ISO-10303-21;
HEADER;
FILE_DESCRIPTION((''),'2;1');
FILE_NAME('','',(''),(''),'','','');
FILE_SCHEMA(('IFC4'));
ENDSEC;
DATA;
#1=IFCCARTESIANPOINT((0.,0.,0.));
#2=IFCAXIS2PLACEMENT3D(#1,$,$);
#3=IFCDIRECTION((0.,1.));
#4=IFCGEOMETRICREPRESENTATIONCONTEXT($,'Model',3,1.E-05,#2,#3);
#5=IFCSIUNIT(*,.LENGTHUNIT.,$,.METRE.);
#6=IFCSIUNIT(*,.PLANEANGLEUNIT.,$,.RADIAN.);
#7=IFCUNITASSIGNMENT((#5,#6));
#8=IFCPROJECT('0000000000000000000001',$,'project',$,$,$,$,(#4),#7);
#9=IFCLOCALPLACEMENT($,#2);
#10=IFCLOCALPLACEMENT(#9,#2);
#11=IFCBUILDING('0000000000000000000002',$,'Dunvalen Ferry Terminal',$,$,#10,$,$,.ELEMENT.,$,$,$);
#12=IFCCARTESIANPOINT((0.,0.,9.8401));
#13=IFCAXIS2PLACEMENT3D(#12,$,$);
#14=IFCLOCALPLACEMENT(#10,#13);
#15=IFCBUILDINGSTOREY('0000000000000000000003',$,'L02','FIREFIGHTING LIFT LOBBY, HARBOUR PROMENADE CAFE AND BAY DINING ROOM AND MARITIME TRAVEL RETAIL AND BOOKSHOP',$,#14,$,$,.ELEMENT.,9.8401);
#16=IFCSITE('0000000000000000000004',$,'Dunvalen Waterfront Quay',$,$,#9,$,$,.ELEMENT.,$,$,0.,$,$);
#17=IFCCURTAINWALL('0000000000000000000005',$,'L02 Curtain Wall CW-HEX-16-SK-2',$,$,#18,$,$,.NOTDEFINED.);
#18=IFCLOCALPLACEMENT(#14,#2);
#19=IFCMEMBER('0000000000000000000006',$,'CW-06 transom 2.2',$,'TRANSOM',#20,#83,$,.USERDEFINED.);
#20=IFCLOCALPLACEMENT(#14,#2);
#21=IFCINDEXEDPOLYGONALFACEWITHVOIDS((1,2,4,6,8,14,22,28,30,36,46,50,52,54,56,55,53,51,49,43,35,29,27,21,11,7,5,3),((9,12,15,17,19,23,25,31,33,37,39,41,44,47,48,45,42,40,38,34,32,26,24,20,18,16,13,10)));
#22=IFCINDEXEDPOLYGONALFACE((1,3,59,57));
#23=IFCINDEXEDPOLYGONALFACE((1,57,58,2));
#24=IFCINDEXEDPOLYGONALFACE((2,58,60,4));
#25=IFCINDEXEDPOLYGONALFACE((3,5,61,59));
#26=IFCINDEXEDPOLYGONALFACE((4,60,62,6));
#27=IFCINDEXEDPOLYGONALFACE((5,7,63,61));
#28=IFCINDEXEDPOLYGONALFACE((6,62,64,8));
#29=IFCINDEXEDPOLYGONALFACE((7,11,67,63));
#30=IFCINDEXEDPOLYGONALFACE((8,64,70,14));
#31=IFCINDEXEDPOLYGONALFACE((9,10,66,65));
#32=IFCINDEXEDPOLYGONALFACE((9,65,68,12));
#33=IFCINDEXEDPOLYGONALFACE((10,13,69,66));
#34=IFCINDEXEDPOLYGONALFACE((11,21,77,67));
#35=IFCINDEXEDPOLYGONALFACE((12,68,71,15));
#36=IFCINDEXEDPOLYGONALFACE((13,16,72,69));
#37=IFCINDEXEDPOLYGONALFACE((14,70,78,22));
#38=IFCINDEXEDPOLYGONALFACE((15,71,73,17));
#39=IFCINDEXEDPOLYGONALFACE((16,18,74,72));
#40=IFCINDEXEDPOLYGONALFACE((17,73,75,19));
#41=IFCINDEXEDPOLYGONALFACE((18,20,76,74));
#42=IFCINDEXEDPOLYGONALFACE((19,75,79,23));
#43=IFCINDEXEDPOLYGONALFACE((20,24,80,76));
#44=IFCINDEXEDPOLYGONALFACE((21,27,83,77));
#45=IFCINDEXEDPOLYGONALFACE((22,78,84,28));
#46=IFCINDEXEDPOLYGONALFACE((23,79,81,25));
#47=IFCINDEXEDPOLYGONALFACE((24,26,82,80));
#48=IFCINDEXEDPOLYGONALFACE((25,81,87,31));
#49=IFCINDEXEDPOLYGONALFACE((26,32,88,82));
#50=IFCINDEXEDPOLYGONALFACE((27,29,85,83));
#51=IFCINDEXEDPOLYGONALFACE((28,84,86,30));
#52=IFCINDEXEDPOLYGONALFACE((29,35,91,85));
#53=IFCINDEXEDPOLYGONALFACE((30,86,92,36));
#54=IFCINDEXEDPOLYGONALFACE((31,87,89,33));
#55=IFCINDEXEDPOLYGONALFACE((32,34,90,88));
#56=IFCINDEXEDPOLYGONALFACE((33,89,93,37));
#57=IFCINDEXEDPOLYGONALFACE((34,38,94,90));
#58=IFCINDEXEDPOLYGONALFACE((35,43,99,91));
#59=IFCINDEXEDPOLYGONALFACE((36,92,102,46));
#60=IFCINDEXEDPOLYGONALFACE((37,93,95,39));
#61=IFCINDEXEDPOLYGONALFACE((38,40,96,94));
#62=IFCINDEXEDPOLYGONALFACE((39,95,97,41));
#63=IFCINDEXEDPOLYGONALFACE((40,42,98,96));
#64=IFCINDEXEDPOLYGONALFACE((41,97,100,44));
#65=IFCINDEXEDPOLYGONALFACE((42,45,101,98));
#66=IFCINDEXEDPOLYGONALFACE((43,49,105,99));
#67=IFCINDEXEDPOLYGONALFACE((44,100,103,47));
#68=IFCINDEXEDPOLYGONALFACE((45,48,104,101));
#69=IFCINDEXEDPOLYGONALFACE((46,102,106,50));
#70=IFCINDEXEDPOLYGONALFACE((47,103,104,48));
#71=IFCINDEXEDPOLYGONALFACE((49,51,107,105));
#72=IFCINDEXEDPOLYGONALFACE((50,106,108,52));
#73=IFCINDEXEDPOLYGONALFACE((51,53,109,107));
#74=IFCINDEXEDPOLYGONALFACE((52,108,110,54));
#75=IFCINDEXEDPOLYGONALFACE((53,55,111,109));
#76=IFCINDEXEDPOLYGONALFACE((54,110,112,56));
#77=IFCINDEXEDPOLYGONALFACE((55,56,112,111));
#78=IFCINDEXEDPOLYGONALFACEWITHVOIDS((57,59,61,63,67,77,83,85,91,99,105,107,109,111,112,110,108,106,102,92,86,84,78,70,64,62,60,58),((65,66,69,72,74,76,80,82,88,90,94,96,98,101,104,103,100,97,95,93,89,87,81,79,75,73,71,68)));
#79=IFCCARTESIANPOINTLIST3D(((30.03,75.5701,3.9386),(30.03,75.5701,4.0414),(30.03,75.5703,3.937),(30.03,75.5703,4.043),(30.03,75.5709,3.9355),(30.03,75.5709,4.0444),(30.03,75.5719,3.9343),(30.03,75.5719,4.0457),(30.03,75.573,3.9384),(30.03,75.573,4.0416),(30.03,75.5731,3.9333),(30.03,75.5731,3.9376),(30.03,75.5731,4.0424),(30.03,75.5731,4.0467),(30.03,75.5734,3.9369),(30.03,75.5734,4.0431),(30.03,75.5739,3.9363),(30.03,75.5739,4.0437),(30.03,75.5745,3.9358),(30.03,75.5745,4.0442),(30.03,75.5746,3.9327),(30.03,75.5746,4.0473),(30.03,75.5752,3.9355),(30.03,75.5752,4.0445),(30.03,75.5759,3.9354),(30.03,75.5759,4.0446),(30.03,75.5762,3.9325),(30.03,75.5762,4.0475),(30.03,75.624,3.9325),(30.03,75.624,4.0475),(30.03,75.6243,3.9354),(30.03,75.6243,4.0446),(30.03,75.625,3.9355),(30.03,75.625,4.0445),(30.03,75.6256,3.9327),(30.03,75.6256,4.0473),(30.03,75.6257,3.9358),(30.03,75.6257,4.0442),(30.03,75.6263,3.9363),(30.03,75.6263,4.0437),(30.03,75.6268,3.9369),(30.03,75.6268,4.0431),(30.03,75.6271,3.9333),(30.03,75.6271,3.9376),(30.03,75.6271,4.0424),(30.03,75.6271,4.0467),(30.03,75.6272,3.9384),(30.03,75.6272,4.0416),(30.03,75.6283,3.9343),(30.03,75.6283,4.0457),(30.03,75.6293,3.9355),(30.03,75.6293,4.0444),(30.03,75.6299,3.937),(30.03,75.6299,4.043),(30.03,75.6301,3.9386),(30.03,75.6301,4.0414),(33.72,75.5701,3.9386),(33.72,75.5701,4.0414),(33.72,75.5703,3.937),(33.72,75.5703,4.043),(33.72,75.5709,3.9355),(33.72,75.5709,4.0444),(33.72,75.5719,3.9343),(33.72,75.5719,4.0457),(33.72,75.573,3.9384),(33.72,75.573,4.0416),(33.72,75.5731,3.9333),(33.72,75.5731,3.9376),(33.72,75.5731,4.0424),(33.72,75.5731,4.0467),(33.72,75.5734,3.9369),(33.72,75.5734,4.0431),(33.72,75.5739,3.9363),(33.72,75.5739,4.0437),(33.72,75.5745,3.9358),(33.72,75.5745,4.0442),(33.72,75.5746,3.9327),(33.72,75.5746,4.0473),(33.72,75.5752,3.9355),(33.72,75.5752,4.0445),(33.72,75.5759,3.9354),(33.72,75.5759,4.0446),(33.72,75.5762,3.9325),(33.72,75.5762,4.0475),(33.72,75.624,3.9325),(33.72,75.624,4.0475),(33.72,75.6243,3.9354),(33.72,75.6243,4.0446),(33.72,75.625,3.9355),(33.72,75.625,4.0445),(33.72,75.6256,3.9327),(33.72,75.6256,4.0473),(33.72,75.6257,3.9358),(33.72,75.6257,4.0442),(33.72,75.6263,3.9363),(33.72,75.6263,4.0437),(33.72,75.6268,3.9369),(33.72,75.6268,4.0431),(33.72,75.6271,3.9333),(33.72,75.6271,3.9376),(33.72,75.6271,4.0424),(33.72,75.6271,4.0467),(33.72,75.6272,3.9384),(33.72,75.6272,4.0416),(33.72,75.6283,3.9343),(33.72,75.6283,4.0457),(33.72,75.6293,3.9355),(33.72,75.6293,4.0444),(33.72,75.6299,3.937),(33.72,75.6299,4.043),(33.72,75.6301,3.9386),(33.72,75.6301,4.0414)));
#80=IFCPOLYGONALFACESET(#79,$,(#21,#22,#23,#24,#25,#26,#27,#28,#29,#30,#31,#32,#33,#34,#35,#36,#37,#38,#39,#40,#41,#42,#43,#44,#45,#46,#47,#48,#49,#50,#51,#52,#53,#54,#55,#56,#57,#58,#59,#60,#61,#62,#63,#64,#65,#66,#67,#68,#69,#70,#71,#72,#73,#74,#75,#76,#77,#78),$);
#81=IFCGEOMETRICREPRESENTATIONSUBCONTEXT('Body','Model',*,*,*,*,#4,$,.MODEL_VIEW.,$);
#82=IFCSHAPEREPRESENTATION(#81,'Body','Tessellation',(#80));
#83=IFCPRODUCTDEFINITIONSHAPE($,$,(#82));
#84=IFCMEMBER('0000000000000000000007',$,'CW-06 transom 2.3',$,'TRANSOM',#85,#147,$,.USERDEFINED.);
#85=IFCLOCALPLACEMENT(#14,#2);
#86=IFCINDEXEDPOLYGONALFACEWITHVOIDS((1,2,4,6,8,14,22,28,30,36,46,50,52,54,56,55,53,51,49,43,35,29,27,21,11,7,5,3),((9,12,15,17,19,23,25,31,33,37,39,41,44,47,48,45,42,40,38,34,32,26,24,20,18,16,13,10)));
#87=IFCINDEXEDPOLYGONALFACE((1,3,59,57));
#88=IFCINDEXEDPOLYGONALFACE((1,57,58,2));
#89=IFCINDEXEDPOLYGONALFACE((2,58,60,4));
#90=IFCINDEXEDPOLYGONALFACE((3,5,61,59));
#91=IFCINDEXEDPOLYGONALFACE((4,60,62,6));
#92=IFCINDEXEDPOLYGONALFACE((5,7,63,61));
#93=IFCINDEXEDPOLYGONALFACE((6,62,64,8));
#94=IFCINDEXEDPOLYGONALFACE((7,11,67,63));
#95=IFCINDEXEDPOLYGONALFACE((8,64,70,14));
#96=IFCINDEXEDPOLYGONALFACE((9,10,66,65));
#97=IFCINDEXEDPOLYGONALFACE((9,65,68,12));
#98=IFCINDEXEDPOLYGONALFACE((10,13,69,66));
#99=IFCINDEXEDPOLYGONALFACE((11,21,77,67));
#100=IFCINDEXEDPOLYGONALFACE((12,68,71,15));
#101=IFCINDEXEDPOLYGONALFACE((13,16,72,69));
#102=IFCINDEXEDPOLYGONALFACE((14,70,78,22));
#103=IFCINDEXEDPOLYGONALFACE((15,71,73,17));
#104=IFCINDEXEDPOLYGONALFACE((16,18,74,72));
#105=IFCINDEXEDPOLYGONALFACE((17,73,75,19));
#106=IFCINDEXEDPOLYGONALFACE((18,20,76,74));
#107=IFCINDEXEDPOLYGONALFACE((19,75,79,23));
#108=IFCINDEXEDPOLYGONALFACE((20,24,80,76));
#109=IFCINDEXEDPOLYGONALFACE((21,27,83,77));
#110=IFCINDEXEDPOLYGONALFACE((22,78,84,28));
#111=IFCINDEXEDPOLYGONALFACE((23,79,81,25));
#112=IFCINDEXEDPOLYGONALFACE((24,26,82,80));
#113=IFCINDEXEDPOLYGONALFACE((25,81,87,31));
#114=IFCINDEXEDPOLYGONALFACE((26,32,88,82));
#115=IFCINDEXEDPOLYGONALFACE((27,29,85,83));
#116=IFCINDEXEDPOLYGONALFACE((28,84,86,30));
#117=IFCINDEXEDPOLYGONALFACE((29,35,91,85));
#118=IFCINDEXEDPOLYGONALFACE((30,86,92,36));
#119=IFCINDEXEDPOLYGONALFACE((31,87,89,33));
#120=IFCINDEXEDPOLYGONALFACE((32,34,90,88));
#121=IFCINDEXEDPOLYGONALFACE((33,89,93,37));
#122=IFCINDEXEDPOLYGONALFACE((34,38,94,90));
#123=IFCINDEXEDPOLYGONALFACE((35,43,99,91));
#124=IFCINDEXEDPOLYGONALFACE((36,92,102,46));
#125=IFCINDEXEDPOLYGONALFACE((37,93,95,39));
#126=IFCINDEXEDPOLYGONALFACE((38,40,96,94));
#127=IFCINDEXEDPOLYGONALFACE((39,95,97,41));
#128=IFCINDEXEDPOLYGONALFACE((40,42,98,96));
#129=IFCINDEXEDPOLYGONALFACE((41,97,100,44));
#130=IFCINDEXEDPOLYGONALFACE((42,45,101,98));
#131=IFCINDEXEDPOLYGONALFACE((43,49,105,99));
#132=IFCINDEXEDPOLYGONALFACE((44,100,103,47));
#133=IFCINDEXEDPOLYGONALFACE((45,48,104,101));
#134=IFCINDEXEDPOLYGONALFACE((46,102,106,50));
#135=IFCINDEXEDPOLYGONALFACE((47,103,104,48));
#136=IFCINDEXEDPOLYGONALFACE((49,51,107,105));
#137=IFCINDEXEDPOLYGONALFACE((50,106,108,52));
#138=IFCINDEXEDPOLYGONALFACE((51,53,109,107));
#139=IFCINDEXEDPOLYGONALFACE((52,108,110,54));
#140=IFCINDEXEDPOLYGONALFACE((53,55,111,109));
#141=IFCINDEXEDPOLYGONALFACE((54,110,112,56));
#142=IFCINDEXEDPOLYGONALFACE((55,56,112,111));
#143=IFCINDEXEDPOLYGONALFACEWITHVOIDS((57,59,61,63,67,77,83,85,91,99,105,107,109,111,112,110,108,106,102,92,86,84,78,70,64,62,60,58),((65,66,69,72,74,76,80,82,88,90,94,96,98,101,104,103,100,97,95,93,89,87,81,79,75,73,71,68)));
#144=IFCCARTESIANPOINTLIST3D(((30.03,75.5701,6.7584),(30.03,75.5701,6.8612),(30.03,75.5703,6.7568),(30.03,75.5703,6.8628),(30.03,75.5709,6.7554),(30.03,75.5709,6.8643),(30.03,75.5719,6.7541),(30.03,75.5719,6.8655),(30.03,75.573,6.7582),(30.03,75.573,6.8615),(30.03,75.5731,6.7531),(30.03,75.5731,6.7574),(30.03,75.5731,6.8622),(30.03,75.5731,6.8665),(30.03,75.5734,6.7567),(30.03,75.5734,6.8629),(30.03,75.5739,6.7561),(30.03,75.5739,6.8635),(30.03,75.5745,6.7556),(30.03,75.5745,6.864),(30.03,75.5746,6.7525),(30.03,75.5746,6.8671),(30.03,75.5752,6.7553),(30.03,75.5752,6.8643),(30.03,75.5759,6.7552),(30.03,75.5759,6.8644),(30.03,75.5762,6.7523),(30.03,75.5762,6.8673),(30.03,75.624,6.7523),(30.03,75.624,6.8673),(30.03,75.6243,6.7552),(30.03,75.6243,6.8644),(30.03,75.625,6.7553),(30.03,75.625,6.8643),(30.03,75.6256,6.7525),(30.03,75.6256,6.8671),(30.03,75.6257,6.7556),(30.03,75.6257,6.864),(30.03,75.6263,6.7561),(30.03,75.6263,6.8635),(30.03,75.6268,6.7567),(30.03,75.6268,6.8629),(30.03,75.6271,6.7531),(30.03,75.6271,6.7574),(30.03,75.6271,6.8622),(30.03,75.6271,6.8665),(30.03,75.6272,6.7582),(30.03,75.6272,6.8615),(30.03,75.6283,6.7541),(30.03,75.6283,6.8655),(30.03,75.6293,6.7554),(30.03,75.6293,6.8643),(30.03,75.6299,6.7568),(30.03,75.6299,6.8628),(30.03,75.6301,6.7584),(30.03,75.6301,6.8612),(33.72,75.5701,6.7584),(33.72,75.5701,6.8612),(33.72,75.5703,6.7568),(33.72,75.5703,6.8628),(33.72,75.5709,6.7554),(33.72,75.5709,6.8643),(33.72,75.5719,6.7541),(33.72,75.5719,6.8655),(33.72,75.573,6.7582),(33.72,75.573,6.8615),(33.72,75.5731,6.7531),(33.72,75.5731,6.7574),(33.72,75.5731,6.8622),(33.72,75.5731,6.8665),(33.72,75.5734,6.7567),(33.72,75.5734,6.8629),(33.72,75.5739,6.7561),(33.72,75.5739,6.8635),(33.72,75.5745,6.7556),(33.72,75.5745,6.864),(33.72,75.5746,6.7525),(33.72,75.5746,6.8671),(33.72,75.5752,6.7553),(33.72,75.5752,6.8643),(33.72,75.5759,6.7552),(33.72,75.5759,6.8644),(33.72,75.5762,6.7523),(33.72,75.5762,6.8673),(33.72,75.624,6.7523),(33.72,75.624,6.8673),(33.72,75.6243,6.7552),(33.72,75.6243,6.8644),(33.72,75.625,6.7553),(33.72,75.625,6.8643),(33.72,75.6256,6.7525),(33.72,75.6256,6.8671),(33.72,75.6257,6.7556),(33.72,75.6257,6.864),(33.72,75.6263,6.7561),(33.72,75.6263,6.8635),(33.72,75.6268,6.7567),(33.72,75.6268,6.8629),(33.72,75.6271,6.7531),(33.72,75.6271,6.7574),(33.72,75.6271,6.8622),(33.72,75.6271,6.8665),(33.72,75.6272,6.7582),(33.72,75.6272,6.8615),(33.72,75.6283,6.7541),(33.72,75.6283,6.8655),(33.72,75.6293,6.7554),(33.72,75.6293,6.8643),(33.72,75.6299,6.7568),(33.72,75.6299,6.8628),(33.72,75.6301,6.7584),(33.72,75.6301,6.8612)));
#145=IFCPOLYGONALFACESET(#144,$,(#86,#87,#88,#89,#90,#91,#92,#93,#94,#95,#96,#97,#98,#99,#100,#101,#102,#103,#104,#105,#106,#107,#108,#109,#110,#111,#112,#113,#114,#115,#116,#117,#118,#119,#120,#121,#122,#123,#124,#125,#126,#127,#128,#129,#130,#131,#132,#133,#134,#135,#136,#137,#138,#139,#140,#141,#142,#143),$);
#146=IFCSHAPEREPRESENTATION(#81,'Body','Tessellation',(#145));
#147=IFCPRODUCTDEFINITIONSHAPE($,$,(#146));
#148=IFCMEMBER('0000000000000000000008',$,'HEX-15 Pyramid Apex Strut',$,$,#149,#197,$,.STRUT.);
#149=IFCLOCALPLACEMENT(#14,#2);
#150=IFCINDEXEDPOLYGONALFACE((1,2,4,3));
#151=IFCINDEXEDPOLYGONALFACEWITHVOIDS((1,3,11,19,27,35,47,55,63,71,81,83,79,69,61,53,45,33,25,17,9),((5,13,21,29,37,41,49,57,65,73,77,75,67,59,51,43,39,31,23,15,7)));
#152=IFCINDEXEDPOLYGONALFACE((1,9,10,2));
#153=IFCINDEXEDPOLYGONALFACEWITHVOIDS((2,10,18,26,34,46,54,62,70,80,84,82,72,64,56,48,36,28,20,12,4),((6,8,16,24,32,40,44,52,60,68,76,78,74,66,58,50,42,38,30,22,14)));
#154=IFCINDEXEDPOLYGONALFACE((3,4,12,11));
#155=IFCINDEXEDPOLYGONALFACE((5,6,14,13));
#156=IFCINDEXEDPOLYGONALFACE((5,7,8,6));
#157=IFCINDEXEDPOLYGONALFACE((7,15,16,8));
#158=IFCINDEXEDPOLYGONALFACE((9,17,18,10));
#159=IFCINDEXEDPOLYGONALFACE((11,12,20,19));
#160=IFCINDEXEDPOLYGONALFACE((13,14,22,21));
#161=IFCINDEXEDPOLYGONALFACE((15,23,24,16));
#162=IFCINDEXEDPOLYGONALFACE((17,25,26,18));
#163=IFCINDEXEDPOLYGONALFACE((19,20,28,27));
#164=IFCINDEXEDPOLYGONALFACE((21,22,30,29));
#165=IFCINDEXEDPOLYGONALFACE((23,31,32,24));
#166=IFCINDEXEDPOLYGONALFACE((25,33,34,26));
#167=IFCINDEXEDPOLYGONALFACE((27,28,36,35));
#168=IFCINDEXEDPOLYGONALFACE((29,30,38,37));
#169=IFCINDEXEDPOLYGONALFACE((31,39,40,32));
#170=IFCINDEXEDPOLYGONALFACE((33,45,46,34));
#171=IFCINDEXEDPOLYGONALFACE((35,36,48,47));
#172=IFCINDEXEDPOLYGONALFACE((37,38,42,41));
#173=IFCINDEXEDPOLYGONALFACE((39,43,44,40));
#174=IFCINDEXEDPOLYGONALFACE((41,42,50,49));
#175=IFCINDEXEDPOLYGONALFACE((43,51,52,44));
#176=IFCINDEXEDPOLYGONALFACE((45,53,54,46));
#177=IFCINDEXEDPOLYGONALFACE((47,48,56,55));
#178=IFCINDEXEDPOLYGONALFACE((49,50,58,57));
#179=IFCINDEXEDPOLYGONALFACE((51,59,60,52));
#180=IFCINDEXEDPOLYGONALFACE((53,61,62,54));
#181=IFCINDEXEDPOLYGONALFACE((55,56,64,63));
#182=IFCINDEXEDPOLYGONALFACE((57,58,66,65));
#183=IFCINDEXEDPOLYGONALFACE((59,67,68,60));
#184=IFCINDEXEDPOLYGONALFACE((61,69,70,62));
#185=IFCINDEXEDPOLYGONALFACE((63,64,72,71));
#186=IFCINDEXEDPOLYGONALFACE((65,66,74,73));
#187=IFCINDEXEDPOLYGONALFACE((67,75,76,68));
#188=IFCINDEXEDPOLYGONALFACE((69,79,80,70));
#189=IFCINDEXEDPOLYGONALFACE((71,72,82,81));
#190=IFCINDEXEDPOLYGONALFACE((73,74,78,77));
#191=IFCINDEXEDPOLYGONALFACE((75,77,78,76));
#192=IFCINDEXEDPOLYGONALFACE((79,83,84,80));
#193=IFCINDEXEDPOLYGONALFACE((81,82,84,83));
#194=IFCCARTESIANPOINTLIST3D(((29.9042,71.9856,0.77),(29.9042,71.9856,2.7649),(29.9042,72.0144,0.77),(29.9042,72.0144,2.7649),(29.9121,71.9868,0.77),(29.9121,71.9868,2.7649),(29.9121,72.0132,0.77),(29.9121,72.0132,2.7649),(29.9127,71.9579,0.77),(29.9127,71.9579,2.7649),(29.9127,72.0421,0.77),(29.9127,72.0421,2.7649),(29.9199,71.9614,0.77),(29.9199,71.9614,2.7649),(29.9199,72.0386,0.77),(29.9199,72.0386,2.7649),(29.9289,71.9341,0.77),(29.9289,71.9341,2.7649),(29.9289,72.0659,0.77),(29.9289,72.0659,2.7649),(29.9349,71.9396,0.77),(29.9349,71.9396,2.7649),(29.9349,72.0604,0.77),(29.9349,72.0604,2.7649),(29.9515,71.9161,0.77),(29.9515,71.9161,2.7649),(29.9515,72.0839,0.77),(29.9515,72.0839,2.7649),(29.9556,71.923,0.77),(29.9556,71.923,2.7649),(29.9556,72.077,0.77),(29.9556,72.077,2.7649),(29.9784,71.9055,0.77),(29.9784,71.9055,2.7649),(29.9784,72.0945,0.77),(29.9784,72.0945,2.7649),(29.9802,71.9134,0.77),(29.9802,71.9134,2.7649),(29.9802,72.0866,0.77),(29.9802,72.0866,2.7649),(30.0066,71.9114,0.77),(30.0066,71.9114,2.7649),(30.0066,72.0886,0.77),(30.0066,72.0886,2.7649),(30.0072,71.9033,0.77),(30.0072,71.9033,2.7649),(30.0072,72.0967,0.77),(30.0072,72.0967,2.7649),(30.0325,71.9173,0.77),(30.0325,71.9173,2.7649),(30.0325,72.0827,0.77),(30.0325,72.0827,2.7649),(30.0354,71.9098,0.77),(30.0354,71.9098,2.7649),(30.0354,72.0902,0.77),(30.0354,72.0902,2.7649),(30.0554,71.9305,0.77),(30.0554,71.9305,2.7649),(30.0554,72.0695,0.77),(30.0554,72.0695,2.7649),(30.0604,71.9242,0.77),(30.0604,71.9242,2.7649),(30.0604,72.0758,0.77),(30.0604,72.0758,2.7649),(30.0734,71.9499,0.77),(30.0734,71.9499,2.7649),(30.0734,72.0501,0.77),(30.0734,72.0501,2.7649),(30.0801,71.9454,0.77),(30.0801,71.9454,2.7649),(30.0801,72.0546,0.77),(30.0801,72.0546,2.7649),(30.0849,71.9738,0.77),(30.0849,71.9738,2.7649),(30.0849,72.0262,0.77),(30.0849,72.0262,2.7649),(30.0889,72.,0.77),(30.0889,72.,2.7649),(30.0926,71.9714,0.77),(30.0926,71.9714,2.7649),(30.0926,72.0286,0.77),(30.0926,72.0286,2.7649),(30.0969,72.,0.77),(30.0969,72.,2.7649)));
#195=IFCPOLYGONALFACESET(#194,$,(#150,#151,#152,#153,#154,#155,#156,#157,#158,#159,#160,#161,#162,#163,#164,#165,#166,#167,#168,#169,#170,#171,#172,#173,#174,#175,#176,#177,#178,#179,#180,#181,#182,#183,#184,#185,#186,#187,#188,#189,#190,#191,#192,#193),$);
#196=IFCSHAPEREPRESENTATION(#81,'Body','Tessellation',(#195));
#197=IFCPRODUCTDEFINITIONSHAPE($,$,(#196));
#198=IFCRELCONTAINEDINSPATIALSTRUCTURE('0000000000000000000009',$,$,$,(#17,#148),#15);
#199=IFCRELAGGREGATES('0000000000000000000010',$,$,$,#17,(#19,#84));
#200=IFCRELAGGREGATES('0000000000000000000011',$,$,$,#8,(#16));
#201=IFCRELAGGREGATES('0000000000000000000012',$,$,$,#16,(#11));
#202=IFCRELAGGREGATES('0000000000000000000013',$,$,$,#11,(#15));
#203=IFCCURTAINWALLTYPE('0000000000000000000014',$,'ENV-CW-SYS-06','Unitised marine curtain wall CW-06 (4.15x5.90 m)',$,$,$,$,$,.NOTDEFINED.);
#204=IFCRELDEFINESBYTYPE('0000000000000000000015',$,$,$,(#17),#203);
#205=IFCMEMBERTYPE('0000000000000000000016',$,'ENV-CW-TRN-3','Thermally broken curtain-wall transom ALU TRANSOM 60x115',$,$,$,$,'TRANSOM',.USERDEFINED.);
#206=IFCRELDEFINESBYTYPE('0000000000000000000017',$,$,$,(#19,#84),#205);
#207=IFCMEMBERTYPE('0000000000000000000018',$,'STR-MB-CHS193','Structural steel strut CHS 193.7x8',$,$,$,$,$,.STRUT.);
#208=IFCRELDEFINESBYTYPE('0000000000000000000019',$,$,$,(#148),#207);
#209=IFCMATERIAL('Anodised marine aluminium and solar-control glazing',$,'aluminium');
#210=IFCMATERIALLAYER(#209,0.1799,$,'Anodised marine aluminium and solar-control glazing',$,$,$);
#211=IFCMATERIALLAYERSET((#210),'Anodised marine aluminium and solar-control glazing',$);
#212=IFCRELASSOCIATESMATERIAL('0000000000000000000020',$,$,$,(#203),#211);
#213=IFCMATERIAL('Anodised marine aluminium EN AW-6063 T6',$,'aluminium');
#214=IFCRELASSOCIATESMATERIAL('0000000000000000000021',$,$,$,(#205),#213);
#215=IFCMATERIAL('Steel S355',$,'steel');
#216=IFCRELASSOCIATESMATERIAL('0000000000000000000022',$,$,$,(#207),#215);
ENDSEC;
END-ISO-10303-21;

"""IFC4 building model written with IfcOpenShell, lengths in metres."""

from ifc_helpers import new_model, si_unit, direction, frame, origin, origin_2d, place, context, subcontext, project, spatial, hollow_rectangle, hollow_circle, extrude, material, layer, layer_set, material_profile, profile_set, type_object, element, aggregate, save


model = new_model("IFC4")

# Units and contexts
model_context = context("Model", 3, precision=1e-05, world=origin(), true_north=direction((0.0, 1.0)))
body_context = subcontext(model_context, "Body", "Model", "MODEL_VIEW")
ifc_project = project(units=[si_unit("LENGTHUNIT", "METRE"), si_unit("PLANEANGLEUNIT", "RADIAN")], contexts=[model_context])

# Site, building, storey
site_placement = place(None, origin())
site = spatial("IfcSite", under=ifc_project, at=site_placement, Name="Dunvalen Waterfront Quay", CompositionType="ELEMENT", RefElevation=0.0)
building_placement = place(site_placement, origin())
building = spatial("IfcBuilding", under=site, at=building_placement, Name="Dunvalen Ferry Terminal", CompositionType="ELEMENT")
storey_placement = place(building_placement, frame((0.0, 0.0, 9.8401)))
storey = spatial("IfcBuildingStorey", under=building, at=storey_placement, Name="L02", Description="FIREFIGHTING LIFT LOBBY, HARBOUR PROMENADE CAFE AND BAY DINING ROOM AND MARITIME TRAVEL RETAIL AND BOOKSHOP", CompositionType="ELEMENT", Elevation=9.8401)

# Shared definitions
ifc_material_1 = material(Name="Anodised marine aluminium and solar-control glazing", Category="aluminium")
ifc_material_2 = material(Name="Anodised marine aluminium EN AW-6063 T6", Category="aluminium")

# Curtain wall
ifc_layer_1 = layer(ifc_material_1, 0.1799, Name="Anodised marine aluminium and solar-control glazing")
ifc_layer_set_1 = layer_set([ifc_layer_1], Name="Anodised marine aluminium and solar-control glazing")
curtain_wall_type_1 = type_object("IfcCurtainWallType", Name="ENV-CW-SYS-06", Description="Unitised marine curtain wall CW-06 (4.15x5.90 m)", PredefinedType="NOTDEFINED", material=ifc_layer_set_1)
curtain_wall_1_placement = place(storey_placement, origin())
curtain_wall_1 = element("IfcCurtainWall", 1, at=curtain_wall_1_placement, inside=storey, type_object=curtain_wall_type_1, Name="L02 Curtain Wall CW-HEX-16-SK-2", PredefinedType="NOTDEFINED")

# Members
ifc_material_profile_1 = material_profile(ifc_material_2, hollow_rectangle(XDim=0.0601, YDim=0.115, WallThickness=0.0029, InnerFilletRadius=0.0029, OuterFilletRadius=0.0061, at=origin_2d()), Name="Anodised marine aluminium EN AW-6063 T6")
ifc_profile_set_1 = profile_set([ifc_material_profile_1], Name="Anodised marine aluminium EN AW-6063 T6")
member_type_1 = type_object("IfcMemberType", Name="ENV-CW-TRN-3", Description="Thermally broken curtain-wall transom ALU TRANSOM 60x115", ElementType="TRANSOM", PredefinedType="USERDEFINED", material=ifc_profile_set_1)
member_1_placement = place(storey_placement, frame((30.03, 75.6001, 3.99), z_axis=(1.0, 0.0, 0.0), x_axis=(0.0, 1.0, 0.0)))
member_1 = element("IfcMember", 2, at=member_1_placement, type_object=member_type_1, Name="CW-06 transom 2.2", ObjectType="TRANSOM", PredefinedType="USERDEFINED", context=body_context, shape_type="SweptSolid", body=[
    extrude(hollow_rectangle(XDim=0.0601, YDim=0.115, WallThickness=0.0029, InnerFilletRadius=0.0029, OuterFilletRadius=0.0061, at=origin_2d()), origin(), (0.0, 0.0, 1.0), 3.6899),
])
member_2_placement = place(storey_placement, frame((30.03, 75.6001, 6.8098), z_axis=(1.0, 0.0, 0.0), x_axis=(0.0, 1.0, 0.0)))
member_2 = element("IfcMember", 3, at=member_2_placement, type_object=member_type_1, Name="CW-06 transom 2.3", ObjectType="TRANSOM", PredefinedType="USERDEFINED", context=body_context, shape_type="SweptSolid", body=[
    extrude(hollow_rectangle(XDim=0.0601, YDim=0.115, WallThickness=0.0029, InnerFilletRadius=0.0029, OuterFilletRadius=0.0061, at=origin_2d()), origin(), (0.0, 0.0, 1.0), 3.6899),
])

# Member
ifc_material_3 = material(Name="Steel S355", Category="steel")
ifc_material_profile_2 = material_profile(ifc_material_3, hollow_circle(Radius=0.0969, WallThickness=0.0081, at=origin_2d()), Name="Steel S355")
ifc_profile_set_2 = profile_set([ifc_material_profile_2], Name="Steel S355")
member_type_2 = type_object("IfcMemberType", Name="STR-MB-CHS193", Description="Structural steel strut CHS 193.7x8", PredefinedType="STRUT", material=ifc_profile_set_2)
member_3_placement = place(storey_placement, frame((30.0, 72.0, 0.77), z_axis=(0.0, 0.0, 1.0), x_axis=(1.0, 0.0, 0.0)))
element("IfcMember", 4, at=member_3_placement, inside=storey, type_object=member_type_2, Name="HEX-15 Pyramid Apex Strut", PredefinedType="STRUT", context=body_context, shape_type="SweptSolid", body=[
    extrude(hollow_circle(Radius=0.0969, WallThickness=0.0081, at=origin_2d()), origin(), (0.0, 0.0, 1.0), 1.9949),
])

aggregate(curtain_wall_1, [member_1, member_2])

save(model, "model.ifc")
